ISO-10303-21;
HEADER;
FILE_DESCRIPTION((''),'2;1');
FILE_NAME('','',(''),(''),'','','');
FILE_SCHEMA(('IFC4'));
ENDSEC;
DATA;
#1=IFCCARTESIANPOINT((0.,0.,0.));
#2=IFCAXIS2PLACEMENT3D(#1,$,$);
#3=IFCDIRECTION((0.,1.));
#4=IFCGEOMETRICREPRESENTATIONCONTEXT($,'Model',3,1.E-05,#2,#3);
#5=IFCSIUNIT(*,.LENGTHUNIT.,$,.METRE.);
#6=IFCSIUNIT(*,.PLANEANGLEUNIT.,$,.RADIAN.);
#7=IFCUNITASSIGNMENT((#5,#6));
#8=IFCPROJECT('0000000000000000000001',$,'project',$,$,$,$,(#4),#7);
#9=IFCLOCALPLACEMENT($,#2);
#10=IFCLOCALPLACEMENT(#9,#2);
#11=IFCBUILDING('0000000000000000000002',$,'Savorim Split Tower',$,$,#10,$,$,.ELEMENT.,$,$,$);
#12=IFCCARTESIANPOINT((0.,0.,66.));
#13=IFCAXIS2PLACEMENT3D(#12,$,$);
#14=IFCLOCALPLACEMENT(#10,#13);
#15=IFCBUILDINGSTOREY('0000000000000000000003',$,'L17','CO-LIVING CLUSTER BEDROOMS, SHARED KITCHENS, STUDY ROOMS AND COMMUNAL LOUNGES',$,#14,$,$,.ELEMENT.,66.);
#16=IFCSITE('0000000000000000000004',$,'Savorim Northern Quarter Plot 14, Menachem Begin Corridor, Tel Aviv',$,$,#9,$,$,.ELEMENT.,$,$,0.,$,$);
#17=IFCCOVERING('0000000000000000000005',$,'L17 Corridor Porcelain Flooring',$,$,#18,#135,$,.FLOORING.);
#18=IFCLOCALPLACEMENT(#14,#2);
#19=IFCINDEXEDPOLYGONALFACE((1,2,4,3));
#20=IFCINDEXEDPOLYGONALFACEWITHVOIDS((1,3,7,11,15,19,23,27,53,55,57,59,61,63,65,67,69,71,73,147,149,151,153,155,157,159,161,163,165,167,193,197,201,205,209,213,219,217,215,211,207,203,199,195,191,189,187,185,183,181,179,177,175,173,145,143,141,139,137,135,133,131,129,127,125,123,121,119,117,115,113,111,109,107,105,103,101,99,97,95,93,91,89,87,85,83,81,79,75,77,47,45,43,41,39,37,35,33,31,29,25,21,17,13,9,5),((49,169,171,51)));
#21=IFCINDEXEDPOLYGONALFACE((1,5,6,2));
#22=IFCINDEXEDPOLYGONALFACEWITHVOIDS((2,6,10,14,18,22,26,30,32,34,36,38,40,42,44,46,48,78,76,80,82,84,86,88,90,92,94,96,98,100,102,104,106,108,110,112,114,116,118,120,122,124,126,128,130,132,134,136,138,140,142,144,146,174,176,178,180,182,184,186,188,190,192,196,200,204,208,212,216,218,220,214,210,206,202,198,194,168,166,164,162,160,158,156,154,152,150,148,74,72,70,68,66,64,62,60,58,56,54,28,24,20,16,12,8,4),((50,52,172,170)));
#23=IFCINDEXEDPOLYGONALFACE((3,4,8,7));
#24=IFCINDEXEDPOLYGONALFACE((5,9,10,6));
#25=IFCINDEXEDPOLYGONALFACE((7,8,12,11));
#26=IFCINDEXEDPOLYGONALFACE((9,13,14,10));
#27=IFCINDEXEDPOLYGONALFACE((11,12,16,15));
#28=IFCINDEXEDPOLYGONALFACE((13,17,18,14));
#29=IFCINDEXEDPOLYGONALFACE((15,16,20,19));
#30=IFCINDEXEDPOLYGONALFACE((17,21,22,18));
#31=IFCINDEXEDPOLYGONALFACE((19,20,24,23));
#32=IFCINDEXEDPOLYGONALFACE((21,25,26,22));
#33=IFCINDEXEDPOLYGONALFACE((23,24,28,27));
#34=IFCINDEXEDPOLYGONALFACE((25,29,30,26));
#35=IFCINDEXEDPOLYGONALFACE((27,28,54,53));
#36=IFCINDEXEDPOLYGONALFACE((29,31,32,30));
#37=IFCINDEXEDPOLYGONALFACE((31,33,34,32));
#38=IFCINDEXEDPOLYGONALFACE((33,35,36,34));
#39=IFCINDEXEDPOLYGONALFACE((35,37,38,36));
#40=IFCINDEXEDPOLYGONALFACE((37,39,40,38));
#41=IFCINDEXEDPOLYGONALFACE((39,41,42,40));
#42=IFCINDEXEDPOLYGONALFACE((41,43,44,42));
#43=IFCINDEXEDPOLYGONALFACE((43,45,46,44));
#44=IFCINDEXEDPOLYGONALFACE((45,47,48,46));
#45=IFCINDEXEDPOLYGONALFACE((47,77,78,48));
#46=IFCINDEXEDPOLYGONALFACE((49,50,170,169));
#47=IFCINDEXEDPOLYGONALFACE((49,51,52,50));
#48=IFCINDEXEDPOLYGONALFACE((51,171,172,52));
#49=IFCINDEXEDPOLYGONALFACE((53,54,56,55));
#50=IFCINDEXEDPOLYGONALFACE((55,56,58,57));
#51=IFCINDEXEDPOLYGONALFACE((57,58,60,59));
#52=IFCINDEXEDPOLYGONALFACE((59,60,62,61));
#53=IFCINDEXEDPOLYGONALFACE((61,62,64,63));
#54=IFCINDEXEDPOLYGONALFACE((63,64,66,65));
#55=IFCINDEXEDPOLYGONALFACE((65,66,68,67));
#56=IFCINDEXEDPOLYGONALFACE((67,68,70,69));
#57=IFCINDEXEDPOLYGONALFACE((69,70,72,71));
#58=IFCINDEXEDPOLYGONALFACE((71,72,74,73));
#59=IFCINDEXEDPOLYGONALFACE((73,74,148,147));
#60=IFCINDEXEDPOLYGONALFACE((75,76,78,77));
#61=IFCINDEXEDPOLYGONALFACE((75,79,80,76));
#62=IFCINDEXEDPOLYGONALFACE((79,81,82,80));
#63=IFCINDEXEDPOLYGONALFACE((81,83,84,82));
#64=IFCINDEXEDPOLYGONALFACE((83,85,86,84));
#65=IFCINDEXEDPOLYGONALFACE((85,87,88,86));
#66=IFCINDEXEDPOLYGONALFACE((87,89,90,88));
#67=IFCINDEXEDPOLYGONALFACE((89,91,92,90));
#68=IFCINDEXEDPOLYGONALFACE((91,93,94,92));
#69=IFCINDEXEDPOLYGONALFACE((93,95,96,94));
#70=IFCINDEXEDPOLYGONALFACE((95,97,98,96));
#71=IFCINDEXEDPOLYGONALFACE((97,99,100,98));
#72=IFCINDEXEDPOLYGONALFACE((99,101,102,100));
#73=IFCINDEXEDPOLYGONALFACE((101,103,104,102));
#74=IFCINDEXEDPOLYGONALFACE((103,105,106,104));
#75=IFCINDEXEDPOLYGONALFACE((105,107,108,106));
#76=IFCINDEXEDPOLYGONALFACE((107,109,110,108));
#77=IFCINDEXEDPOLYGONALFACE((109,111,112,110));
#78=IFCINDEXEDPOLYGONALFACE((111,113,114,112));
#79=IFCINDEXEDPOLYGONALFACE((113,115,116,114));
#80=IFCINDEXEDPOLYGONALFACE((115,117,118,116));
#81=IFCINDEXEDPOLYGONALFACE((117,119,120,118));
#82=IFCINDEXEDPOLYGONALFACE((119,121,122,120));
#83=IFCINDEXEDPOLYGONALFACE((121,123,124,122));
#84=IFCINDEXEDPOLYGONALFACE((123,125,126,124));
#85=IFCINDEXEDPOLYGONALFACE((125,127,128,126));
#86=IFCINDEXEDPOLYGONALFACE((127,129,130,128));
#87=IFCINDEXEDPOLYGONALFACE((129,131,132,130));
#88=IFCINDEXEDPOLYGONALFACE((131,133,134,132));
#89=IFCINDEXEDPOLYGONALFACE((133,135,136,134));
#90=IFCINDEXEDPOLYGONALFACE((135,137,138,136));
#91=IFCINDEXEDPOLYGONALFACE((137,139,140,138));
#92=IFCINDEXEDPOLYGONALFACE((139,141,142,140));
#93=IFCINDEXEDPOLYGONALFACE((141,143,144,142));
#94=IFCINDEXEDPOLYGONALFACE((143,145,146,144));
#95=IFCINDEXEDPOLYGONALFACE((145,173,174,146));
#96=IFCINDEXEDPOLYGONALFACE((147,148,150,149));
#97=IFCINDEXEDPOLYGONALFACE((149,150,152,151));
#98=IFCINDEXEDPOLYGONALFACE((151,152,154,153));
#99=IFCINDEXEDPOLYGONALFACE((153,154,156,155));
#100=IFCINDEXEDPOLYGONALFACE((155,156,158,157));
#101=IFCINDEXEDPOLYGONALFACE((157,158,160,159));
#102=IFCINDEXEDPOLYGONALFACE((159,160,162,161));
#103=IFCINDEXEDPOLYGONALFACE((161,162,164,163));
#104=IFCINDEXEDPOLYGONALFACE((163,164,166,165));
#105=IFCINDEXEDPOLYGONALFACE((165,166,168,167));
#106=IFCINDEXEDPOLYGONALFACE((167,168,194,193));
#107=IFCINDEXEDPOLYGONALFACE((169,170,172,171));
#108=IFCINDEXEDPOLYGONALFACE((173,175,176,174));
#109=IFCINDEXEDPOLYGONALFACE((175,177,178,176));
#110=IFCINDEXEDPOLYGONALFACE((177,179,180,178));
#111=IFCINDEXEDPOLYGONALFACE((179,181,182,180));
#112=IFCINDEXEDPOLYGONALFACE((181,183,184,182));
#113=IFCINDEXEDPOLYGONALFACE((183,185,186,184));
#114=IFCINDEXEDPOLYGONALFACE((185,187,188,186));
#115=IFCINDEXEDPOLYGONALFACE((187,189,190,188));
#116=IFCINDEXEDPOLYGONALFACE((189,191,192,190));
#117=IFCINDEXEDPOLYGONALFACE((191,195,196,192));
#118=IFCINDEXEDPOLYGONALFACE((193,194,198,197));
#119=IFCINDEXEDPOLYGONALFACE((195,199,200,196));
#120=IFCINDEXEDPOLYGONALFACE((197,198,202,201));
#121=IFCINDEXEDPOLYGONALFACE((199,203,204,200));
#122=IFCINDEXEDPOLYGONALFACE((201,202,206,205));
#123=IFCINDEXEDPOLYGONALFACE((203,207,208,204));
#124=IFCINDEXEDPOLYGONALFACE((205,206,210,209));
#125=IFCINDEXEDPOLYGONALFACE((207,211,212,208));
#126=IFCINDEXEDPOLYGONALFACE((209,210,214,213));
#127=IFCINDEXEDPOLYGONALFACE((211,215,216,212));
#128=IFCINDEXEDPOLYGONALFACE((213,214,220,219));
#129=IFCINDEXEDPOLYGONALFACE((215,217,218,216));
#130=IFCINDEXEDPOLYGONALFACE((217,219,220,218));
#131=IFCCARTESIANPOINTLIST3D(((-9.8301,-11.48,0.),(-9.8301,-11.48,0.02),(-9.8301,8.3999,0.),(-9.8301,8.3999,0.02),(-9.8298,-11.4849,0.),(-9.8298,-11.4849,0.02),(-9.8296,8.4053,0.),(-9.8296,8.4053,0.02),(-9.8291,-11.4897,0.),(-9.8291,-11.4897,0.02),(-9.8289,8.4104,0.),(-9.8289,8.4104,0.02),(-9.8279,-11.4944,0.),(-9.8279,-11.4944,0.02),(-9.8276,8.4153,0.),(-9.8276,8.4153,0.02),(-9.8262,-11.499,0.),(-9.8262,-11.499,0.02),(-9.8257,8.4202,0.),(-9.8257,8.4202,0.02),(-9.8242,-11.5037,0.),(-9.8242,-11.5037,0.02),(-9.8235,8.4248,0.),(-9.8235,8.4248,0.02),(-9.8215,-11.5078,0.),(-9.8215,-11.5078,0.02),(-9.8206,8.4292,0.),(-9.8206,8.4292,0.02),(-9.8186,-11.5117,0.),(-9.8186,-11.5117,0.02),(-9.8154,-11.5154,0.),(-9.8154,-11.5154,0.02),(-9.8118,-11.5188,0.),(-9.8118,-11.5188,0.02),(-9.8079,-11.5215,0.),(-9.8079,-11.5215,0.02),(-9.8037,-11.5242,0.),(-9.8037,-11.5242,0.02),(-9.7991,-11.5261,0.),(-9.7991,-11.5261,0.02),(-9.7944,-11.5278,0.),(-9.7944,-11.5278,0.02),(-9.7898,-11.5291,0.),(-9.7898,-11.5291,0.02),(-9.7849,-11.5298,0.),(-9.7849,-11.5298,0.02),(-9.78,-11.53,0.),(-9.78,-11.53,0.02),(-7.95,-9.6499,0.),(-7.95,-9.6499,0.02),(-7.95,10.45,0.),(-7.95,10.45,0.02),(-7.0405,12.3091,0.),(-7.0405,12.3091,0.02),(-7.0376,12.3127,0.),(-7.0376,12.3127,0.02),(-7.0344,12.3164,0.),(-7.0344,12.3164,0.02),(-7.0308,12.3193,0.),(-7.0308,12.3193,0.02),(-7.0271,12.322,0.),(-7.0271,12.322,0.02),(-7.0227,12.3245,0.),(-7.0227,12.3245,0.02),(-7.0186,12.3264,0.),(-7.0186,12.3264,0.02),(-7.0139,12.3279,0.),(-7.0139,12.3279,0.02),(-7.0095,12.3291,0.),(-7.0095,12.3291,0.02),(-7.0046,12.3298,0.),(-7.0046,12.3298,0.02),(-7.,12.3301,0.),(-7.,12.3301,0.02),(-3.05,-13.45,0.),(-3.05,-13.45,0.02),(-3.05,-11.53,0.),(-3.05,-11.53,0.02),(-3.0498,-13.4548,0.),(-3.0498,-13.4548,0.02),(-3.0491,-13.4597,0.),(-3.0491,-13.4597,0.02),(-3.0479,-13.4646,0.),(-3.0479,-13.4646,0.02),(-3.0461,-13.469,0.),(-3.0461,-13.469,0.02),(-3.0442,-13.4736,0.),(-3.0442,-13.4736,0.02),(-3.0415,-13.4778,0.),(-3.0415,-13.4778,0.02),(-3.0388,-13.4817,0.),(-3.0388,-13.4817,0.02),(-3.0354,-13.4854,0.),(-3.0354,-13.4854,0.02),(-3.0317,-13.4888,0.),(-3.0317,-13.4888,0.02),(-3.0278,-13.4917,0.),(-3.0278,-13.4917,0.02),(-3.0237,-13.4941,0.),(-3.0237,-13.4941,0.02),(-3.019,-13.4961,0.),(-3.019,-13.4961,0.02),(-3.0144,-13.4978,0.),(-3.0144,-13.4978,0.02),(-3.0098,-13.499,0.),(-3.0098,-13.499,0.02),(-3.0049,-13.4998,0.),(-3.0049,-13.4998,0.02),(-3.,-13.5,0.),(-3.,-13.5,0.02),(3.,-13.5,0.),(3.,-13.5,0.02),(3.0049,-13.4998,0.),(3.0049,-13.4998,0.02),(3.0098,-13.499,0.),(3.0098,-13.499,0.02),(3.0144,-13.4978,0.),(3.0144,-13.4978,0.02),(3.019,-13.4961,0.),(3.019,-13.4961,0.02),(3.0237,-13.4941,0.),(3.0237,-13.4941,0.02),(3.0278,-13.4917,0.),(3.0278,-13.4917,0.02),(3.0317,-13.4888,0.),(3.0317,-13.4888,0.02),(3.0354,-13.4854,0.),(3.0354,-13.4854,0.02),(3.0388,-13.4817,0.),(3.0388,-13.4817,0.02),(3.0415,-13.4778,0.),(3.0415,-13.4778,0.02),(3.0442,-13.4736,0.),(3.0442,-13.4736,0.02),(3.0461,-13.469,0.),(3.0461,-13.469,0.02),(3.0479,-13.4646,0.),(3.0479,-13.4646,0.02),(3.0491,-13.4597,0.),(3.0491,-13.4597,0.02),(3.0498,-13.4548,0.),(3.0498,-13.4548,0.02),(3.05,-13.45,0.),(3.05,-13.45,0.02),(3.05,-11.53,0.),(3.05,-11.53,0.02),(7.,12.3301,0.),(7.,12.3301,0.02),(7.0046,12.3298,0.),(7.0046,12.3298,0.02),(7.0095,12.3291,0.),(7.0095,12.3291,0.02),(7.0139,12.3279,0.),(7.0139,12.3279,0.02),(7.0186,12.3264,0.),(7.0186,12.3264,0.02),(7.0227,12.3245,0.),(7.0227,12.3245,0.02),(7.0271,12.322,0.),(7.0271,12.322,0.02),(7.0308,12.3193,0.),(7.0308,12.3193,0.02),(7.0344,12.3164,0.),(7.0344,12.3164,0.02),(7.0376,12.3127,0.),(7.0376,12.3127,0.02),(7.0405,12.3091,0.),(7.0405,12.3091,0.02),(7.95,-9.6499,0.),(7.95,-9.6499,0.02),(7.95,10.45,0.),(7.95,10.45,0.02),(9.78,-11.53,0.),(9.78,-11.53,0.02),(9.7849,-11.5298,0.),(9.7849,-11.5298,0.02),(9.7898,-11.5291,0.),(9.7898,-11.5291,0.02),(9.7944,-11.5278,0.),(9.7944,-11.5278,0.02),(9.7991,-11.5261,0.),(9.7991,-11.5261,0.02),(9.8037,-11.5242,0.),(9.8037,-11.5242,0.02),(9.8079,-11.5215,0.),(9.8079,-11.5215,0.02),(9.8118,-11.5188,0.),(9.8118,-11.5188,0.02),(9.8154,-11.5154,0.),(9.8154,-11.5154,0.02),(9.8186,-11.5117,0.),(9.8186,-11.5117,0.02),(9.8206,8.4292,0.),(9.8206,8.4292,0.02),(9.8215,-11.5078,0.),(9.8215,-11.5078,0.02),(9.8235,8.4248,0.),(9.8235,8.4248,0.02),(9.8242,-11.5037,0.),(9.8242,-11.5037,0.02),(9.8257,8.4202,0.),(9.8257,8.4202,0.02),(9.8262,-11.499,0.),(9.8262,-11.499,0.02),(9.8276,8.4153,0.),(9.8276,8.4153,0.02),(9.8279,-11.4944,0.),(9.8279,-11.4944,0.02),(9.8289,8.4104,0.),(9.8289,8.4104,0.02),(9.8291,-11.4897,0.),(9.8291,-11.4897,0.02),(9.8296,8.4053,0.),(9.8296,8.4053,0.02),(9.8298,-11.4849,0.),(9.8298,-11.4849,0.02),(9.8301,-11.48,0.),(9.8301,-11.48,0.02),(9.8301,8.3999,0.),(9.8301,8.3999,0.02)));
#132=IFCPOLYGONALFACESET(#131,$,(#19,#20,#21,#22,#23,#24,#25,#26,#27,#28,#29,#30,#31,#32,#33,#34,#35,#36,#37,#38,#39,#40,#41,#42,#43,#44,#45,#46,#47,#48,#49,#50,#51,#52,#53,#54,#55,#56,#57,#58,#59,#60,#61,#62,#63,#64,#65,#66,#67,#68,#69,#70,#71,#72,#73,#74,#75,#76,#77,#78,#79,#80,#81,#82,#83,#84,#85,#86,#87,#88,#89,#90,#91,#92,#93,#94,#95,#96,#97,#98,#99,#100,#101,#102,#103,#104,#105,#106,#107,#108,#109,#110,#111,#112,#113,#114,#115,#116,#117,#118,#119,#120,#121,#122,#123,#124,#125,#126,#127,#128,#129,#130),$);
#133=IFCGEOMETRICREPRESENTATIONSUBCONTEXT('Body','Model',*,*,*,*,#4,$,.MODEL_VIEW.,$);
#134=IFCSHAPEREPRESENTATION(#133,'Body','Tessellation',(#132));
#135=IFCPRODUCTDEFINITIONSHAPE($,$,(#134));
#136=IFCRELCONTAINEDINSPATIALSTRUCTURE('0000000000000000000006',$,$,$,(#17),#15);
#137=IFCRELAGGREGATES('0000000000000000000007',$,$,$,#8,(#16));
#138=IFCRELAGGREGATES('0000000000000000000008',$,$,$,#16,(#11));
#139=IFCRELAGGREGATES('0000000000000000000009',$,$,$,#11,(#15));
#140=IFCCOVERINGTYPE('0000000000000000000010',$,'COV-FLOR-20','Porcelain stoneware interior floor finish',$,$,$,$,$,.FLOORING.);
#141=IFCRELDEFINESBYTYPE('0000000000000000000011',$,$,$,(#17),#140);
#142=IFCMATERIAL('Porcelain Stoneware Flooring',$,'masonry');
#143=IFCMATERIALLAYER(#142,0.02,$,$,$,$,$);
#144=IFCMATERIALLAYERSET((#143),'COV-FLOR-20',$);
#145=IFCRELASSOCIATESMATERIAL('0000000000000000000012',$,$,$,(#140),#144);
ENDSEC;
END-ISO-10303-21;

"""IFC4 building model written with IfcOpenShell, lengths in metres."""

from ifc_helpers import new_model, si_unit, direction, frame, origin, place, context, subcontext, project, spatial, polyline, outline, extrude, material, layer, layer_set, type_object, element, save


model = new_model("IFC4")

# Units and contexts
model_context = context("Model", 3, precision=1e-05, world=origin(), true_north=direction((0.0, 1.0)))
body_context = subcontext(model_context, "Body", "Model", "MODEL_VIEW")
ifc_project = project(units=[si_unit("LENGTHUNIT", "METRE"), si_unit("PLANEANGLEUNIT", "RADIAN")], contexts=[model_context])

# Site, building, storey
site_placement = place(None, origin())
site = spatial("IfcSite", under=ifc_project, at=site_placement, Name="Savorim Northern Quarter Plot 14, Menachem Begin Corridor, Tel Aviv", CompositionType="ELEMENT", RefElevation=0.0)
building_placement = place(site_placement, origin())
building = spatial("IfcBuilding", under=site, at=building_placement, Name="Savorim Split Tower", CompositionType="ELEMENT")
storey_placement = place(building_placement, frame((0.0, 0.0, 66.0)))
storey = spatial("IfcBuildingStorey", under=building, at=storey_placement, Name="L17", Description="CO-LIVING CLUSTER BEDROOMS, SHARED KITCHENS, STUDY ROOMS AND COMMUNAL LOUNGES", CompositionType="ELEMENT", Elevation=66.0)

# Covering
ifc_material_1 = material(Name="Porcelain Stoneware Flooring", Category="masonry")
ifc_layer_1 = layer(ifc_material_1, 0.02)
ifc_layer_set_1 = layer_set([ifc_layer_1], Name="COV-FLOR-20")
covering_type_1 = type_object("IfcCoveringType", Name="COV-FLOR-20", Description="Porcelain stoneware interior floor finish", PredefinedType="FLOORING", material=ifc_layer_set_1)
covering_1_placement = place(storey_placement, origin())
element("IfcCovering", 1, at=covering_1_placement, inside=storey, type_object=covering_type_1, Name="L17 Corridor Porcelain Flooring", PredefinedType="FLOORING", context=body_context, shape_type="SweptSolid", body=[
    extrude(outline(polyline([(7.0095, 12.3291), (7.0046, 12.3298), (7.0, 12.3301), (-7.0, 12.3301), (-7.0046, 12.3298), (-7.0095, 12.3291), (-7.0139, 12.3279), (-7.0186, 12.3264), (-7.0227, 12.3245), (-7.0271, 12.322), (-7.0308, 12.3193), (-7.0344, 12.3164), (-7.0376, 12.3127), (-7.0405, 12.3091), (-9.8206, 8.4292), (-9.8235, 8.4248), (-9.8257, 8.4202), (-9.8276, 8.4153), (-9.8289, 8.4104), (-9.8296, 8.4053), (-9.8301, 8.3999), (-9.8301, -11.48), (-9.8298, -11.4849), (-9.8291, -11.4897), (-9.8279, -11.4944), (-9.8262, -11.499), (-9.8242, -11.5037), (-9.8215, -11.5078), (-9.8186, -11.5117), (-9.8154, -11.5154), (-9.8118, -11.5188), (-9.8079, -11.5215), (-9.8037, -11.5242), (-9.7991, -11.5261), (-9.7944, -11.5278), (-9.7898, -11.5291), (-9.7849, -11.5298), (-9.78, -11.53), (-3.05, -11.53), (-3.05, -13.45), (-3.0498, -13.4548), (-3.0491, -13.4597), (-3.0479, -13.4646), (-3.0461, -13.469), (-3.0442, -13.4736), (-3.0415, -13.4778), (-3.0388, -13.4817), (-3.0354, -13.4854), (-3.0317, -13.4888), (-3.0278, -13.4917), (-3.0237, -13.4941), (-3.019, -13.4961), (-3.0144, -13.4978), (-3.0098, -13.499), (-3.0049, -13.4998), (-3.0, -13.5), (3.0, -13.5), (3.0049, -13.4998), (3.0098, -13.499), (3.0144, -13.4978), (3.019, -13.4961), (3.0237, -13.4941), (3.0278, -13.4917), (3.0317, -13.4888), (3.0354, -13.4854), (3.0388, -13.4817), (3.0415, -13.4778), (3.0442, -13.4736), (3.0461, -13.469), (3.0479, -13.4646), (3.0491, -13.4597), (3.0498, -13.4548), (3.05, -13.45), (3.05, -11.53), (9.78, -11.53), (9.7849, -11.5298), (9.7898, -11.5291), (9.7944, -11.5278), (9.7991, -11.5261), (9.8037, -11.5242), (9.8079, -11.5215), (9.8118, -11.5188), (9.8154, -11.5154), (9.8186, -11.5117), (9.8215, -11.5078), (9.8242, -11.5037), (9.8262, -11.499), (9.8279, -11.4944), (9.8291, -11.4897), (9.8298, -11.4849), (9.8301, -11.48), (9.8301, 8.3999), (9.8296, 8.4053), (9.8289, 8.4104), (9.8276, 8.4153), (9.8257, 8.4202), (9.8235, 8.4248), (9.8206, 8.4292), (7.0405, 12.3091), (7.0376, 12.3127), (7.0344, 12.3164), (7.0308, 12.3193), (7.0271, 12.322), (7.0227, 12.3245), (7.0186, 12.3264), (7.0139, 12.3279), (7.0095, 12.3291)]), holes=[polyline([(-7.95, 10.45), (-7.95, -9.6499), (7.95, -9.6499), (7.95, 10.45), (-7.95, 10.45)])]), origin(), (0.0, 0.0, 1.0), 0.02),
])

save(model, "model.ifc")
